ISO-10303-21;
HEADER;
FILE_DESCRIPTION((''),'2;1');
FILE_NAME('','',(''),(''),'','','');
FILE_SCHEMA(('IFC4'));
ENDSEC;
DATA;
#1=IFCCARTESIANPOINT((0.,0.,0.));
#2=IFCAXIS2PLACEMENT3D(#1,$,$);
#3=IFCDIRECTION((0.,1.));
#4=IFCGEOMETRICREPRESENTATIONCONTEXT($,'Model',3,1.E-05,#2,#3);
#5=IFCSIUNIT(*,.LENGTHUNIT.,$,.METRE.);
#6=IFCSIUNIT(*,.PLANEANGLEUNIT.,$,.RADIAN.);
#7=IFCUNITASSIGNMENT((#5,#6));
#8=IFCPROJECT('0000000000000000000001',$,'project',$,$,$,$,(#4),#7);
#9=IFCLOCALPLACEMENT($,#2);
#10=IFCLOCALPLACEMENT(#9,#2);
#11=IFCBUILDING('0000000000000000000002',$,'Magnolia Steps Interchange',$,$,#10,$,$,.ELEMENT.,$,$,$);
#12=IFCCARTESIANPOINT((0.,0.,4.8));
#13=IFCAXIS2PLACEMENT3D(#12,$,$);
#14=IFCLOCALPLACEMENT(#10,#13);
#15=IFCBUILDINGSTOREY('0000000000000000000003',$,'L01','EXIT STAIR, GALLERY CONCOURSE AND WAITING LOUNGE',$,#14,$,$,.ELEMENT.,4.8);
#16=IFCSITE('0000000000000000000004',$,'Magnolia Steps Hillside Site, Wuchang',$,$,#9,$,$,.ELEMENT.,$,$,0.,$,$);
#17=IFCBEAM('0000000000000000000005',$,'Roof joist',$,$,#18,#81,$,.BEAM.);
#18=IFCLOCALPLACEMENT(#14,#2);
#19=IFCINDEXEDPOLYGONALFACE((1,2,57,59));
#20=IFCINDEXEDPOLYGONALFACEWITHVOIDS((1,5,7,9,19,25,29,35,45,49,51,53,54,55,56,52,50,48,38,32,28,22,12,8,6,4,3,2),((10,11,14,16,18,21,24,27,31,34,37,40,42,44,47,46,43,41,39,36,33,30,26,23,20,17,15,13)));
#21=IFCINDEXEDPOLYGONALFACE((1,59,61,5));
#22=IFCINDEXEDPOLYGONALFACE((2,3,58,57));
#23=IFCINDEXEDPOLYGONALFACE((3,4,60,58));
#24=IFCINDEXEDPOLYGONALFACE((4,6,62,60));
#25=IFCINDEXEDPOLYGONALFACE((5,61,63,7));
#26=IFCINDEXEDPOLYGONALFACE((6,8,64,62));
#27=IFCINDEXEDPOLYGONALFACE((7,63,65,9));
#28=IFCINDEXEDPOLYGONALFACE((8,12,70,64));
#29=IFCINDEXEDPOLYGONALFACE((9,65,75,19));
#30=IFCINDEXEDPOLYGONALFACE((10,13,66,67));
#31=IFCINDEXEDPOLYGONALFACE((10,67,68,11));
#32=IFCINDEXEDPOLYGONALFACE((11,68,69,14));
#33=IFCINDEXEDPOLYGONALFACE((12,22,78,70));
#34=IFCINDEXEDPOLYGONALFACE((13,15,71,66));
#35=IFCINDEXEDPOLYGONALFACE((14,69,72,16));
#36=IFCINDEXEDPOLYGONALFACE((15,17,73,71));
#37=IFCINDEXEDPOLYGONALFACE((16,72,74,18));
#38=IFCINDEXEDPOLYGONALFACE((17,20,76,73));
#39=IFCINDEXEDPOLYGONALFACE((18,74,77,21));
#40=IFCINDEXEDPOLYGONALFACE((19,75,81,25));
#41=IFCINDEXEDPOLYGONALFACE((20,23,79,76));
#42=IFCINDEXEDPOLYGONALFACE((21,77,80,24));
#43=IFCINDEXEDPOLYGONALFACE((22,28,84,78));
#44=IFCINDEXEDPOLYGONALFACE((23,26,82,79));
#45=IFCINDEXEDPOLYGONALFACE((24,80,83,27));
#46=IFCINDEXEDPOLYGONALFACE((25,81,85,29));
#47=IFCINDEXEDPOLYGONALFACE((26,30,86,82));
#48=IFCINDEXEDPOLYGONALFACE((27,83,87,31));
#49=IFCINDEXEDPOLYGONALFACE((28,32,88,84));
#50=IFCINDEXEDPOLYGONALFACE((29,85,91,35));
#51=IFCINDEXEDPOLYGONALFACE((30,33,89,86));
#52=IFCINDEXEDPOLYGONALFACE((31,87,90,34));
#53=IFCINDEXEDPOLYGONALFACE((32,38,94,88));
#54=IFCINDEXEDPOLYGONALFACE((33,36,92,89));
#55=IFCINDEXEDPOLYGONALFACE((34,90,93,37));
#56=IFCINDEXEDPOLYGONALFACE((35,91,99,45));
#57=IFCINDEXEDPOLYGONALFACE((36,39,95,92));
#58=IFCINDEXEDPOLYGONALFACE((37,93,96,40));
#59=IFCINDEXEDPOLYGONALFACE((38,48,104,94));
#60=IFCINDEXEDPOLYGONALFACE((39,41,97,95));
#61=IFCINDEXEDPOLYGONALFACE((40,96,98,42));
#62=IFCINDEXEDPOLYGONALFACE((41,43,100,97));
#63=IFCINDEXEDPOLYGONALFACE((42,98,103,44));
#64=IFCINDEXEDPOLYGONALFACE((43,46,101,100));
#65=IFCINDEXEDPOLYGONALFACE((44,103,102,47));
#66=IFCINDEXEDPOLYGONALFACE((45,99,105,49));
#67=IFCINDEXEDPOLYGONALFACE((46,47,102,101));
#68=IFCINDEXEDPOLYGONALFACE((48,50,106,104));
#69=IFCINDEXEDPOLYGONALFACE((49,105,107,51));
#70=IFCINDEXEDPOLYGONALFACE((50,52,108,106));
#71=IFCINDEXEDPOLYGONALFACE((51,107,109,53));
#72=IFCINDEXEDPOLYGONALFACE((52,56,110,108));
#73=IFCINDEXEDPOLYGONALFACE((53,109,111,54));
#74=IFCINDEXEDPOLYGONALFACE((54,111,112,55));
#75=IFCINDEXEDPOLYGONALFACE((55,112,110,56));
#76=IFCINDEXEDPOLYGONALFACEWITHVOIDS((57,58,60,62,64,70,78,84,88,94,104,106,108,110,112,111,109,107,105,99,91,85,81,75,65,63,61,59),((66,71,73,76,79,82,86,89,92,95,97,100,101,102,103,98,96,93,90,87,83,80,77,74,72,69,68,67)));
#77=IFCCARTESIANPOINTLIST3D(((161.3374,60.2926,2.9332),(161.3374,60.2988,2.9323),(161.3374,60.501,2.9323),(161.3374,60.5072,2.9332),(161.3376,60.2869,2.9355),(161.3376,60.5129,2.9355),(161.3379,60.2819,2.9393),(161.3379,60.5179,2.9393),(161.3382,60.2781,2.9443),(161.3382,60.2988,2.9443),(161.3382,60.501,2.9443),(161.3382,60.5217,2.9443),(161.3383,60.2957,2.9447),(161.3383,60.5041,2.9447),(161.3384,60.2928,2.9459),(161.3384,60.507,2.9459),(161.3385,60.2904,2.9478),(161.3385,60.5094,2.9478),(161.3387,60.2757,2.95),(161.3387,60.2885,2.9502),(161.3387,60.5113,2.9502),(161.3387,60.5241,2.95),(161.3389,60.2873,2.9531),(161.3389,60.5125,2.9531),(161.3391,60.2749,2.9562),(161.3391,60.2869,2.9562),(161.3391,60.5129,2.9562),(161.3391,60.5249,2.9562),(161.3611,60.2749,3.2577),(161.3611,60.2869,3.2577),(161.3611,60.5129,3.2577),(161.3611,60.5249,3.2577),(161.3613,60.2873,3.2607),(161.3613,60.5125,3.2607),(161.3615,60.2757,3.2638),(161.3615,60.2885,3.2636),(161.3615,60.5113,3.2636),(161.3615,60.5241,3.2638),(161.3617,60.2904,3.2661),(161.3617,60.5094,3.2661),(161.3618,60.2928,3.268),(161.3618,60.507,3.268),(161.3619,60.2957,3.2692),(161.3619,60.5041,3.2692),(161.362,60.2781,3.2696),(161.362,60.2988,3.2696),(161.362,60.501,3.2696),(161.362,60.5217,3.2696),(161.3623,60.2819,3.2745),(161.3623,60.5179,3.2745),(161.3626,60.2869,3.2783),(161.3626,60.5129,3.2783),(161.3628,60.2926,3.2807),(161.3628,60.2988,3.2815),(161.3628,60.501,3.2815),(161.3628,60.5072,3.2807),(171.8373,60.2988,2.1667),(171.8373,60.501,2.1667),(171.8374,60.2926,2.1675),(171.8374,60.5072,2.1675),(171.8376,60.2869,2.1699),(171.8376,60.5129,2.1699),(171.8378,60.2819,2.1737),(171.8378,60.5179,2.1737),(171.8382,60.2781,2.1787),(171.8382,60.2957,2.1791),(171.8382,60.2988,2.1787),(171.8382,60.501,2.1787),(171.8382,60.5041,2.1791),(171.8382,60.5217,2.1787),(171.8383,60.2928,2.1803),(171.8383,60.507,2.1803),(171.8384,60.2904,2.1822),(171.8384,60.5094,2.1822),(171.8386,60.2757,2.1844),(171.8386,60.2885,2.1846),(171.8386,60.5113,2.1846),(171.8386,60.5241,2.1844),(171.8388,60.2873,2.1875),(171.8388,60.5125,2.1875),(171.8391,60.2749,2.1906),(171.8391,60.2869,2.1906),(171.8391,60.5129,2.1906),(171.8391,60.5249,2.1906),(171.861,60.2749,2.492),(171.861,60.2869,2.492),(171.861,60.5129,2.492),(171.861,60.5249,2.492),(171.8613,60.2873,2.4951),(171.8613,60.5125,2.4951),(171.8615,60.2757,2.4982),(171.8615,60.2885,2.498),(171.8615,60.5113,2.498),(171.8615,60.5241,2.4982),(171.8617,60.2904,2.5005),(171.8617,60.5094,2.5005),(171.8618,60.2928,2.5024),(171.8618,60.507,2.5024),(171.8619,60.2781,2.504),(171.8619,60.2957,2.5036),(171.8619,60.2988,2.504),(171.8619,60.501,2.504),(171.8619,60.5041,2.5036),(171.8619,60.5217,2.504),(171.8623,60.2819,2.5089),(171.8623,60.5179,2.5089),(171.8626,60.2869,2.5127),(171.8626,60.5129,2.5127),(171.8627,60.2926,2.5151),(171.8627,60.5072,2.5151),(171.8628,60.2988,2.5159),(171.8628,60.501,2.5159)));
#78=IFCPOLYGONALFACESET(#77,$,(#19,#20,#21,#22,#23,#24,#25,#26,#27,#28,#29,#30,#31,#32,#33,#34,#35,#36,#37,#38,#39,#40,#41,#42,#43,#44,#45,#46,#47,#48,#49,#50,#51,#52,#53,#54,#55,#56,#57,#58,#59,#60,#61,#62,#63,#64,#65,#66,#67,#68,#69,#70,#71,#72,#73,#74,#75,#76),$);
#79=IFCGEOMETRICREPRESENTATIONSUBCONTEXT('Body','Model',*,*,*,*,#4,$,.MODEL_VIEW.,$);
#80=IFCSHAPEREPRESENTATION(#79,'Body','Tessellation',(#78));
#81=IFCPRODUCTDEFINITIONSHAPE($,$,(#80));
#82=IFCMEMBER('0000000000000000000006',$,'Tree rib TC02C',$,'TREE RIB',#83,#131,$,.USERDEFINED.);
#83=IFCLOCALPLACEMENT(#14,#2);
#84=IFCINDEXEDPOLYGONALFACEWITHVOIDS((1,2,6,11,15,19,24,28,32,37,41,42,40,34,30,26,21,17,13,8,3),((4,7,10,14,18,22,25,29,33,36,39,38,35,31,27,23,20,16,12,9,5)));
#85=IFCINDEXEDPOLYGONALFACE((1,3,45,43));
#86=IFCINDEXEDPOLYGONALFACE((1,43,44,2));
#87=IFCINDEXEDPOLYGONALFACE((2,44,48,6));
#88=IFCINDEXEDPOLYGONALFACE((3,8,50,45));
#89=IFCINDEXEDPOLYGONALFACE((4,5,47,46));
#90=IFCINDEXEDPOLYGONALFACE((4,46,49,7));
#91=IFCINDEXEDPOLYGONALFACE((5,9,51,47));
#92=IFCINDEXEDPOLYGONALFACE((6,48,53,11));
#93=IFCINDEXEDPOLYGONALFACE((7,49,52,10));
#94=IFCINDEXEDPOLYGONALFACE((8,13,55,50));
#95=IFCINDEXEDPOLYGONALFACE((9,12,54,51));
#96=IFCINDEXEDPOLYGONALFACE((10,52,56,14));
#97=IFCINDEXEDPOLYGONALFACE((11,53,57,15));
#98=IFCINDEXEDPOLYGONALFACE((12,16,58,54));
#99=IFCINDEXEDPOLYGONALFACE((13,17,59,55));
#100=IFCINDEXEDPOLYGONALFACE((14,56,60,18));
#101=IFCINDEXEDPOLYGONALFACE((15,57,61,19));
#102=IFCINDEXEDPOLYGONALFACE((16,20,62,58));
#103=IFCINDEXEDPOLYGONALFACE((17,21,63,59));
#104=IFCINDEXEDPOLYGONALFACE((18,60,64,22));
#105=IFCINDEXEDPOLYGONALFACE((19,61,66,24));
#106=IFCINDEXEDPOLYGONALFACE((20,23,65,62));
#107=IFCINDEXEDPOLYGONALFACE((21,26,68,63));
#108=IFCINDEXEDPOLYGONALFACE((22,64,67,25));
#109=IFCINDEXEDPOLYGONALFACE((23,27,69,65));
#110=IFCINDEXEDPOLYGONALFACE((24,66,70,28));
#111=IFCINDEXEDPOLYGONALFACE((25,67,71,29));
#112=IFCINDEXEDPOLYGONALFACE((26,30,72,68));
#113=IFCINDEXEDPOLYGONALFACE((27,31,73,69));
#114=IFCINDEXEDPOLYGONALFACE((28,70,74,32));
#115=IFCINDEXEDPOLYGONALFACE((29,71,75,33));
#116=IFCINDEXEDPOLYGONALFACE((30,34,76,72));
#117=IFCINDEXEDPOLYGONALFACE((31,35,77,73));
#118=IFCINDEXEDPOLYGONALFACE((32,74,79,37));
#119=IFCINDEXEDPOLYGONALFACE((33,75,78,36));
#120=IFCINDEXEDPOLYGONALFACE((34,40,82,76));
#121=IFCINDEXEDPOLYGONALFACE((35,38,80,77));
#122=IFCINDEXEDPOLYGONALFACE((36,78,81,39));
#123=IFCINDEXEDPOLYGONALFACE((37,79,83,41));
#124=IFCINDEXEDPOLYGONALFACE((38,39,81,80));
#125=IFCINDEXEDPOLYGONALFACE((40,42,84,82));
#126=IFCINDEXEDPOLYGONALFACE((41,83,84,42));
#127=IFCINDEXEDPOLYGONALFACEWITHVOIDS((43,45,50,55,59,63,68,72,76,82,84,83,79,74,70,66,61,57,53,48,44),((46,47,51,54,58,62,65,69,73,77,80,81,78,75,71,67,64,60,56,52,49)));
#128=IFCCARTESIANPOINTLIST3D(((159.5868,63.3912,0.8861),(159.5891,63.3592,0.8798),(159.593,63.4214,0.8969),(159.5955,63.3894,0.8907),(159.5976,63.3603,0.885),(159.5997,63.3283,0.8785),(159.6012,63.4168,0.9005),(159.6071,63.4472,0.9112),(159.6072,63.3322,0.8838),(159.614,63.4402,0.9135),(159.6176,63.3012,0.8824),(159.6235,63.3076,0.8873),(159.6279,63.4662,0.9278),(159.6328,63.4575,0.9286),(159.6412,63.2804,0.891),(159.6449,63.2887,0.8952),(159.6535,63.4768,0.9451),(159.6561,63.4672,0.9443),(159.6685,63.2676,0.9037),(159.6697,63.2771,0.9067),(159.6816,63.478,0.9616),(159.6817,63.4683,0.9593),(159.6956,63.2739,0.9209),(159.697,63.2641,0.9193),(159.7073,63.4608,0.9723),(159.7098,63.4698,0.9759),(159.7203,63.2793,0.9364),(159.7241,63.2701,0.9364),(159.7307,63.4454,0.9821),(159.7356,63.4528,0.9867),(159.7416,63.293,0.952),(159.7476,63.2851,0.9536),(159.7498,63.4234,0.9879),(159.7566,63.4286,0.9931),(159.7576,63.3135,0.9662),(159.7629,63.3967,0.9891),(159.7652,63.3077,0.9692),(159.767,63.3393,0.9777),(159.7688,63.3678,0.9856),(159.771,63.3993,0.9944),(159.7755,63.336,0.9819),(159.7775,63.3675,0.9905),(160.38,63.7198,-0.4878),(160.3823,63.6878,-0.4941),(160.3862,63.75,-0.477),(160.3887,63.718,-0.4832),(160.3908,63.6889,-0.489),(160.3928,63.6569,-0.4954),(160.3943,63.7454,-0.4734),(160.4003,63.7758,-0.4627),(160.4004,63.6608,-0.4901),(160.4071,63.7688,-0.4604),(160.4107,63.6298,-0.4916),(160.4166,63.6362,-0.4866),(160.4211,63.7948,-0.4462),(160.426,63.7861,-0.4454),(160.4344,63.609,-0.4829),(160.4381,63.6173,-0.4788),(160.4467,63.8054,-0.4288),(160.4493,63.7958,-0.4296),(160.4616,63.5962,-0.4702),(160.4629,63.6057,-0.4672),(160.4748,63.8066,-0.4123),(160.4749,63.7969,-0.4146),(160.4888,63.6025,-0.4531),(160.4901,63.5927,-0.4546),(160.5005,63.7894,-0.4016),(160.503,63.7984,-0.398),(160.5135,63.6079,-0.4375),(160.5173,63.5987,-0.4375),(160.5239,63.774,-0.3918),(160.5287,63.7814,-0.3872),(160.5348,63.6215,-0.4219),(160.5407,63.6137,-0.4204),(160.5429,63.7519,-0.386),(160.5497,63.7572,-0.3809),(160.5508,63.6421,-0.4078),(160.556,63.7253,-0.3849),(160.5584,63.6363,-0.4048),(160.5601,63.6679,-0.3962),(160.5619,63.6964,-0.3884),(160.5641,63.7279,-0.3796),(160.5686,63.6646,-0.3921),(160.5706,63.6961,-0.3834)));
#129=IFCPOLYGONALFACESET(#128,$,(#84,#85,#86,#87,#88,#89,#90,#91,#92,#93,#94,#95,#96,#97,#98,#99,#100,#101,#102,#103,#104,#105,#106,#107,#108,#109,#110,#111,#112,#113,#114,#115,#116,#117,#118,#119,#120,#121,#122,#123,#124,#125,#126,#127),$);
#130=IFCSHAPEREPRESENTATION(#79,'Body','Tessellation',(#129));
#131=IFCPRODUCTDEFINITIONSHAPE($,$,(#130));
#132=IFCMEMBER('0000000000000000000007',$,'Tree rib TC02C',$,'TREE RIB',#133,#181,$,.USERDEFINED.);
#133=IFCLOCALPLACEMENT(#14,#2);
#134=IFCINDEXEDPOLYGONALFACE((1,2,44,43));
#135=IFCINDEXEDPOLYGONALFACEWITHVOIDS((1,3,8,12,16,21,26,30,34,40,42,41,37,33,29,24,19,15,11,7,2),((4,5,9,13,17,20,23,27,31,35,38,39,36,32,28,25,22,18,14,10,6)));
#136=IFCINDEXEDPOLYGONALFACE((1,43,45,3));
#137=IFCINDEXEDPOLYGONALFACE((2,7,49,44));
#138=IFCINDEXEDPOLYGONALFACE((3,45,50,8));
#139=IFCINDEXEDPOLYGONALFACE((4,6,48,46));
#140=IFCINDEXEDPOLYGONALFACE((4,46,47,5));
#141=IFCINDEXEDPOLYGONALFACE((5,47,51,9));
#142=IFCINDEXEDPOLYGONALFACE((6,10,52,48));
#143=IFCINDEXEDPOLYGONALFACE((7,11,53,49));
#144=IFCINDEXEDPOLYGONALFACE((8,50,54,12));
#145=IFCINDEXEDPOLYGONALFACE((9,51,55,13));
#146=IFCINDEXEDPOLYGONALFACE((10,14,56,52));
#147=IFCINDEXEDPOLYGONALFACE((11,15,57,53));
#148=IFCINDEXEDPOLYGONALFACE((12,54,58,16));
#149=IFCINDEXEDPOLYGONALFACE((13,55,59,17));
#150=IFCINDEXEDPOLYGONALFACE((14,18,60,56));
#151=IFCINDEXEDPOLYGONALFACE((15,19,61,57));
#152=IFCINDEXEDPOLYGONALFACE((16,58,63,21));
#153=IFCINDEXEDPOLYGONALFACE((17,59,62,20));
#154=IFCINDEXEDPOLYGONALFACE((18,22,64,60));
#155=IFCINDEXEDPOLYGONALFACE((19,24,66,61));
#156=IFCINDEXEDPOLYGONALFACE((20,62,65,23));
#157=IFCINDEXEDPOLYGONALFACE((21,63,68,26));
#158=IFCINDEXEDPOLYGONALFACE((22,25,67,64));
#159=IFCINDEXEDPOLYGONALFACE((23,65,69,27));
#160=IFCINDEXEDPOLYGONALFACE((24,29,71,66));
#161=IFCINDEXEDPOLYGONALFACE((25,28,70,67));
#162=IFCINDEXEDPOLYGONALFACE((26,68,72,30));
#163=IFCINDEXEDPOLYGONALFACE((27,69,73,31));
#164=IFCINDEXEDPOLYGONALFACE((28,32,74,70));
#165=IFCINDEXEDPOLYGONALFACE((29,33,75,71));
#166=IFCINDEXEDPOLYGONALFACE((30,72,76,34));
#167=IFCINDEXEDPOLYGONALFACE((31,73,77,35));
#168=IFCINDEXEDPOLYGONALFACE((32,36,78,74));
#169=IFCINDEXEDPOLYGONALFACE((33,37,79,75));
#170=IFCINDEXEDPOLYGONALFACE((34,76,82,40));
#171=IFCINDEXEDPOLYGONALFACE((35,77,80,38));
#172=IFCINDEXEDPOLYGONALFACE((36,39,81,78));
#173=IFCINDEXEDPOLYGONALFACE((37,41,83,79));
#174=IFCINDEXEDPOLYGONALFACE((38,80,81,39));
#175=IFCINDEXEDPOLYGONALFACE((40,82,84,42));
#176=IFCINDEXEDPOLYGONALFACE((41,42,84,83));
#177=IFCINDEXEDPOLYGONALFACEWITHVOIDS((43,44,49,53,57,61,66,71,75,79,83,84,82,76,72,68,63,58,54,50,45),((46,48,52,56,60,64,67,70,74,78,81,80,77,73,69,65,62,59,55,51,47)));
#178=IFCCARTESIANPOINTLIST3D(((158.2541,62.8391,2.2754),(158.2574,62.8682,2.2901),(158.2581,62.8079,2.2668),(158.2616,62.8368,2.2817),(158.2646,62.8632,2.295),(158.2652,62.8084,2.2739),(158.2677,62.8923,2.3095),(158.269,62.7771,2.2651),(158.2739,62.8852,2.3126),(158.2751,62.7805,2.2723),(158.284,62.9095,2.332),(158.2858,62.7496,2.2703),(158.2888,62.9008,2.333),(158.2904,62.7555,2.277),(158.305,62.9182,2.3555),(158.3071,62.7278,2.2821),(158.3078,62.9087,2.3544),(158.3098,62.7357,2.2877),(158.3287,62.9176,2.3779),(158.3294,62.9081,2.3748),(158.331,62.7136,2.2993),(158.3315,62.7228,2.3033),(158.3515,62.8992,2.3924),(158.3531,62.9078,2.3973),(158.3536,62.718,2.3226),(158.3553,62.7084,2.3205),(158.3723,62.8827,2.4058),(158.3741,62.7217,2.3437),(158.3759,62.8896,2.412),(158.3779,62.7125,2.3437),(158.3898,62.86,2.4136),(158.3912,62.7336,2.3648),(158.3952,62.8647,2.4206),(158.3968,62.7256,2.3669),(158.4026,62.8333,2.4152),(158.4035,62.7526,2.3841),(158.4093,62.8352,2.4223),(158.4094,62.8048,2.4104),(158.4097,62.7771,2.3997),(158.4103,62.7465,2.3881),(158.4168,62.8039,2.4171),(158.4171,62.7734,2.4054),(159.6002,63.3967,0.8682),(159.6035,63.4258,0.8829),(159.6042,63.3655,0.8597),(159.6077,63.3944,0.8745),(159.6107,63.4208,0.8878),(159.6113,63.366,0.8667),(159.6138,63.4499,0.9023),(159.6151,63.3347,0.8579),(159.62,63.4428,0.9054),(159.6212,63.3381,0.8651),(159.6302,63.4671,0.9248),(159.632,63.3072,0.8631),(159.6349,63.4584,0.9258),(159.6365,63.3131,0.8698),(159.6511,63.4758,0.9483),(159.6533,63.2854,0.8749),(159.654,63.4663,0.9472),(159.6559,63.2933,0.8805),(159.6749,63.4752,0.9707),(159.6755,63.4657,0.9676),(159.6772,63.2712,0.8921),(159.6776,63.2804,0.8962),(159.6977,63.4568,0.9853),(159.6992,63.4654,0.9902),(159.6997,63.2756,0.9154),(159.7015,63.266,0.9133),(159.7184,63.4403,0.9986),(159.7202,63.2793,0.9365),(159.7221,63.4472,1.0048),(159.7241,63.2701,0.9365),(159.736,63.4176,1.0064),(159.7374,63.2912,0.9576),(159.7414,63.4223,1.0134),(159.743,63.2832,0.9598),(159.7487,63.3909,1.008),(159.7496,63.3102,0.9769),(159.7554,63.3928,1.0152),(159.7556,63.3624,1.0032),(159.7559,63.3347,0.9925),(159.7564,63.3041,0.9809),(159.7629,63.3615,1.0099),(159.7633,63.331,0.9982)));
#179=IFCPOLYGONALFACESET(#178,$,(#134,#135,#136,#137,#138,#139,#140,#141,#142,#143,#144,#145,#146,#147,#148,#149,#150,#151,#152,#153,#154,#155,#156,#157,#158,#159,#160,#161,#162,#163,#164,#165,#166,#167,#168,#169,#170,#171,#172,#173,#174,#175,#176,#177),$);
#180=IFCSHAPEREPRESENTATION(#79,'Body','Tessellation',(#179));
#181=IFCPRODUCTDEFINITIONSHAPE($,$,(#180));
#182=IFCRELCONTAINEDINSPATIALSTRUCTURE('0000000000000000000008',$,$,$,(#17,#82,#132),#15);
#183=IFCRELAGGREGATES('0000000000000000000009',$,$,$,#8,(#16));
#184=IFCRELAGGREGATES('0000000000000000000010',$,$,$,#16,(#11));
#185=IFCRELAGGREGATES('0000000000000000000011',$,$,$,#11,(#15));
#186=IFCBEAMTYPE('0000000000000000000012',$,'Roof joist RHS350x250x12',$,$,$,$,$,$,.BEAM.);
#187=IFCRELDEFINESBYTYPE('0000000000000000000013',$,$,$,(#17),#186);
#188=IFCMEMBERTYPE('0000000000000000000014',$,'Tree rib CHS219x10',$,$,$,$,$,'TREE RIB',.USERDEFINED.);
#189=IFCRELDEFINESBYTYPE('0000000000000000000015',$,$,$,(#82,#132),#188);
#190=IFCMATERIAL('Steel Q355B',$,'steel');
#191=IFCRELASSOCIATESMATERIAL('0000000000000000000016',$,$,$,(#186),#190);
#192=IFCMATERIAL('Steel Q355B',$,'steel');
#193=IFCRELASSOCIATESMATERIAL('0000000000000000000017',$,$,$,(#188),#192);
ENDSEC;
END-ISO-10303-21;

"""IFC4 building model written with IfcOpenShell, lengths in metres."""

from ifc_helpers import new_model, si_unit, direction, frame, origin, origin_2d, place, context, subcontext, project, spatial, hollow_rectangle, hollow_circle, extrude, material, material_profile, profile_set, type_object, element, save


model = new_model("IFC4")

# Units and contexts
model_context = context("Model", 3, precision=1e-05, world=origin(), true_north=direction((0.0, 1.0)))
body_context = subcontext(model_context, "Body", "Model", "MODEL_VIEW")
ifc_project = project(units=[si_unit("LENGTHUNIT", "METRE"), si_unit("PLANEANGLEUNIT", "RADIAN")], contexts=[model_context])

# Site, building, storey
site_placement = place(None, origin())
site = spatial("IfcSite", under=ifc_project, at=site_placement, Name="Magnolia Steps Hillside Site, Wuchang", CompositionType="ELEMENT", RefElevation=0.0)
building_placement = place(site_placement, origin())
building = spatial("IfcBuilding", under=site, at=building_placement, Name="Magnolia Steps Interchange", CompositionType="ELEMENT")
storey_placement = place(building_placement, frame((0.0, 0.0, 4.8)))
storey = spatial("IfcBuildingStorey", under=building, at=storey_placement, Name="L01", Description="EXIT STAIR, GALLERY CONCOURSE AND WAITING LOUNGE", CompositionType="ELEMENT", Elevation=4.8)

# Beam
ifc_material_1 = material(Name="Steel Q355B", Category="steel")
ifc_material_profile_1 = material_profile(ifc_material_1, hollow_rectangle(XDim=0.25, YDim=0.3501, WallThickness=0.012, InnerFilletRadius=0.012, OuterFilletRadius=0.0239, at=origin_2d()), Name="RHS350x250x12")
ifc_profile_set_1 = profile_set([ifc_material_profile_1], Name="Steel Q355B")
beam_type_1 = type_object("IfcBeamType", Name="Roof joist RHS350x250x12", PredefinedType="BEAM", material=ifc_profile_set_1)
for number, where, z_axis, x_axis, name in (
    (1, (161.3501, 60.3999, 3.1069), (0.997352, 0.0, -0.072724), (0.0, 1.0, 0.0), "Roof joist"),
):
    element("IfcBeam", number, at=place(storey_placement, frame(where, z_axis=z_axis, x_axis=x_axis)), inside=storey, type_object=beam_type_1, Name=name, PredefinedType="BEAM", context=body_context, shape_type="SweptSolid", body=[
        extrude(hollow_rectangle(XDim=0.25, YDim=0.3501, WallThickness=0.012, InnerFilletRadius=0.012, OuterFilletRadius=0.0239, at=origin_2d()), origin(), (0.0, 0.0, 1.0), 10.5278),
    ])

# Members
ifc_material_2 = material(Name="Steel Q355B", Category="steel")
ifc_material_profile_2 = material_profile(ifc_material_2, hollow_circle(Radius=0.1096, WallThickness=0.01, at=origin_2d()), Name="CHS219x10")
ifc_profile_set_2 = profile_set([ifc_material_profile_2], Name="Steel Q355B")
member_type = type_object("IfcMemberType", Name="Tree rib CHS219x10", ElementType="TREE RIB", PredefinedType="USERDEFINED", material=ifc_profile_set_2)
member_1_placement = place(storey_placement, frame((160.4753, 63.7, -0.4375), z_axis=(-0.489571, -0.20282, 0.848047), x_axis=(0.382737, -0.923857, 0.0)))
element("IfcMember", 2, at=member_1_placement, inside=storey, type_object=member_type, Name="Tree rib TC02C", ObjectType="TREE RIB", PredefinedType="USERDEFINED", context=body_context, shape_type="SweptSolid", body=[
    extrude(hollow_circle(Radius=0.1096, WallThickness=0.01, at=origin_2d()), origin(), (0.0, 0.0, 1.0), 1.6201),
])
member_2_placement = place(storey_placement, frame((159.6821, 63.3713, 0.9365), z_axis=(-0.664557, -0.275272, 0.694687), x_axis=(0.382687, -0.923878, 0.0)))
element("IfcMember", 3, at=member_2_placement, inside=storey, type_object=member_type, Name="Tree rib TC02C", ObjectType="TREE RIB", PredefinedType="USERDEFINED", context=body_context, shape_type="SweptSolid", body=[
    extrude(hollow_circle(Radius=0.1096, WallThickness=0.01, at=origin_2d()), origin(), (0.0, 0.0, 1.0), 2.0256),
])

save(model, "model.ifc")
